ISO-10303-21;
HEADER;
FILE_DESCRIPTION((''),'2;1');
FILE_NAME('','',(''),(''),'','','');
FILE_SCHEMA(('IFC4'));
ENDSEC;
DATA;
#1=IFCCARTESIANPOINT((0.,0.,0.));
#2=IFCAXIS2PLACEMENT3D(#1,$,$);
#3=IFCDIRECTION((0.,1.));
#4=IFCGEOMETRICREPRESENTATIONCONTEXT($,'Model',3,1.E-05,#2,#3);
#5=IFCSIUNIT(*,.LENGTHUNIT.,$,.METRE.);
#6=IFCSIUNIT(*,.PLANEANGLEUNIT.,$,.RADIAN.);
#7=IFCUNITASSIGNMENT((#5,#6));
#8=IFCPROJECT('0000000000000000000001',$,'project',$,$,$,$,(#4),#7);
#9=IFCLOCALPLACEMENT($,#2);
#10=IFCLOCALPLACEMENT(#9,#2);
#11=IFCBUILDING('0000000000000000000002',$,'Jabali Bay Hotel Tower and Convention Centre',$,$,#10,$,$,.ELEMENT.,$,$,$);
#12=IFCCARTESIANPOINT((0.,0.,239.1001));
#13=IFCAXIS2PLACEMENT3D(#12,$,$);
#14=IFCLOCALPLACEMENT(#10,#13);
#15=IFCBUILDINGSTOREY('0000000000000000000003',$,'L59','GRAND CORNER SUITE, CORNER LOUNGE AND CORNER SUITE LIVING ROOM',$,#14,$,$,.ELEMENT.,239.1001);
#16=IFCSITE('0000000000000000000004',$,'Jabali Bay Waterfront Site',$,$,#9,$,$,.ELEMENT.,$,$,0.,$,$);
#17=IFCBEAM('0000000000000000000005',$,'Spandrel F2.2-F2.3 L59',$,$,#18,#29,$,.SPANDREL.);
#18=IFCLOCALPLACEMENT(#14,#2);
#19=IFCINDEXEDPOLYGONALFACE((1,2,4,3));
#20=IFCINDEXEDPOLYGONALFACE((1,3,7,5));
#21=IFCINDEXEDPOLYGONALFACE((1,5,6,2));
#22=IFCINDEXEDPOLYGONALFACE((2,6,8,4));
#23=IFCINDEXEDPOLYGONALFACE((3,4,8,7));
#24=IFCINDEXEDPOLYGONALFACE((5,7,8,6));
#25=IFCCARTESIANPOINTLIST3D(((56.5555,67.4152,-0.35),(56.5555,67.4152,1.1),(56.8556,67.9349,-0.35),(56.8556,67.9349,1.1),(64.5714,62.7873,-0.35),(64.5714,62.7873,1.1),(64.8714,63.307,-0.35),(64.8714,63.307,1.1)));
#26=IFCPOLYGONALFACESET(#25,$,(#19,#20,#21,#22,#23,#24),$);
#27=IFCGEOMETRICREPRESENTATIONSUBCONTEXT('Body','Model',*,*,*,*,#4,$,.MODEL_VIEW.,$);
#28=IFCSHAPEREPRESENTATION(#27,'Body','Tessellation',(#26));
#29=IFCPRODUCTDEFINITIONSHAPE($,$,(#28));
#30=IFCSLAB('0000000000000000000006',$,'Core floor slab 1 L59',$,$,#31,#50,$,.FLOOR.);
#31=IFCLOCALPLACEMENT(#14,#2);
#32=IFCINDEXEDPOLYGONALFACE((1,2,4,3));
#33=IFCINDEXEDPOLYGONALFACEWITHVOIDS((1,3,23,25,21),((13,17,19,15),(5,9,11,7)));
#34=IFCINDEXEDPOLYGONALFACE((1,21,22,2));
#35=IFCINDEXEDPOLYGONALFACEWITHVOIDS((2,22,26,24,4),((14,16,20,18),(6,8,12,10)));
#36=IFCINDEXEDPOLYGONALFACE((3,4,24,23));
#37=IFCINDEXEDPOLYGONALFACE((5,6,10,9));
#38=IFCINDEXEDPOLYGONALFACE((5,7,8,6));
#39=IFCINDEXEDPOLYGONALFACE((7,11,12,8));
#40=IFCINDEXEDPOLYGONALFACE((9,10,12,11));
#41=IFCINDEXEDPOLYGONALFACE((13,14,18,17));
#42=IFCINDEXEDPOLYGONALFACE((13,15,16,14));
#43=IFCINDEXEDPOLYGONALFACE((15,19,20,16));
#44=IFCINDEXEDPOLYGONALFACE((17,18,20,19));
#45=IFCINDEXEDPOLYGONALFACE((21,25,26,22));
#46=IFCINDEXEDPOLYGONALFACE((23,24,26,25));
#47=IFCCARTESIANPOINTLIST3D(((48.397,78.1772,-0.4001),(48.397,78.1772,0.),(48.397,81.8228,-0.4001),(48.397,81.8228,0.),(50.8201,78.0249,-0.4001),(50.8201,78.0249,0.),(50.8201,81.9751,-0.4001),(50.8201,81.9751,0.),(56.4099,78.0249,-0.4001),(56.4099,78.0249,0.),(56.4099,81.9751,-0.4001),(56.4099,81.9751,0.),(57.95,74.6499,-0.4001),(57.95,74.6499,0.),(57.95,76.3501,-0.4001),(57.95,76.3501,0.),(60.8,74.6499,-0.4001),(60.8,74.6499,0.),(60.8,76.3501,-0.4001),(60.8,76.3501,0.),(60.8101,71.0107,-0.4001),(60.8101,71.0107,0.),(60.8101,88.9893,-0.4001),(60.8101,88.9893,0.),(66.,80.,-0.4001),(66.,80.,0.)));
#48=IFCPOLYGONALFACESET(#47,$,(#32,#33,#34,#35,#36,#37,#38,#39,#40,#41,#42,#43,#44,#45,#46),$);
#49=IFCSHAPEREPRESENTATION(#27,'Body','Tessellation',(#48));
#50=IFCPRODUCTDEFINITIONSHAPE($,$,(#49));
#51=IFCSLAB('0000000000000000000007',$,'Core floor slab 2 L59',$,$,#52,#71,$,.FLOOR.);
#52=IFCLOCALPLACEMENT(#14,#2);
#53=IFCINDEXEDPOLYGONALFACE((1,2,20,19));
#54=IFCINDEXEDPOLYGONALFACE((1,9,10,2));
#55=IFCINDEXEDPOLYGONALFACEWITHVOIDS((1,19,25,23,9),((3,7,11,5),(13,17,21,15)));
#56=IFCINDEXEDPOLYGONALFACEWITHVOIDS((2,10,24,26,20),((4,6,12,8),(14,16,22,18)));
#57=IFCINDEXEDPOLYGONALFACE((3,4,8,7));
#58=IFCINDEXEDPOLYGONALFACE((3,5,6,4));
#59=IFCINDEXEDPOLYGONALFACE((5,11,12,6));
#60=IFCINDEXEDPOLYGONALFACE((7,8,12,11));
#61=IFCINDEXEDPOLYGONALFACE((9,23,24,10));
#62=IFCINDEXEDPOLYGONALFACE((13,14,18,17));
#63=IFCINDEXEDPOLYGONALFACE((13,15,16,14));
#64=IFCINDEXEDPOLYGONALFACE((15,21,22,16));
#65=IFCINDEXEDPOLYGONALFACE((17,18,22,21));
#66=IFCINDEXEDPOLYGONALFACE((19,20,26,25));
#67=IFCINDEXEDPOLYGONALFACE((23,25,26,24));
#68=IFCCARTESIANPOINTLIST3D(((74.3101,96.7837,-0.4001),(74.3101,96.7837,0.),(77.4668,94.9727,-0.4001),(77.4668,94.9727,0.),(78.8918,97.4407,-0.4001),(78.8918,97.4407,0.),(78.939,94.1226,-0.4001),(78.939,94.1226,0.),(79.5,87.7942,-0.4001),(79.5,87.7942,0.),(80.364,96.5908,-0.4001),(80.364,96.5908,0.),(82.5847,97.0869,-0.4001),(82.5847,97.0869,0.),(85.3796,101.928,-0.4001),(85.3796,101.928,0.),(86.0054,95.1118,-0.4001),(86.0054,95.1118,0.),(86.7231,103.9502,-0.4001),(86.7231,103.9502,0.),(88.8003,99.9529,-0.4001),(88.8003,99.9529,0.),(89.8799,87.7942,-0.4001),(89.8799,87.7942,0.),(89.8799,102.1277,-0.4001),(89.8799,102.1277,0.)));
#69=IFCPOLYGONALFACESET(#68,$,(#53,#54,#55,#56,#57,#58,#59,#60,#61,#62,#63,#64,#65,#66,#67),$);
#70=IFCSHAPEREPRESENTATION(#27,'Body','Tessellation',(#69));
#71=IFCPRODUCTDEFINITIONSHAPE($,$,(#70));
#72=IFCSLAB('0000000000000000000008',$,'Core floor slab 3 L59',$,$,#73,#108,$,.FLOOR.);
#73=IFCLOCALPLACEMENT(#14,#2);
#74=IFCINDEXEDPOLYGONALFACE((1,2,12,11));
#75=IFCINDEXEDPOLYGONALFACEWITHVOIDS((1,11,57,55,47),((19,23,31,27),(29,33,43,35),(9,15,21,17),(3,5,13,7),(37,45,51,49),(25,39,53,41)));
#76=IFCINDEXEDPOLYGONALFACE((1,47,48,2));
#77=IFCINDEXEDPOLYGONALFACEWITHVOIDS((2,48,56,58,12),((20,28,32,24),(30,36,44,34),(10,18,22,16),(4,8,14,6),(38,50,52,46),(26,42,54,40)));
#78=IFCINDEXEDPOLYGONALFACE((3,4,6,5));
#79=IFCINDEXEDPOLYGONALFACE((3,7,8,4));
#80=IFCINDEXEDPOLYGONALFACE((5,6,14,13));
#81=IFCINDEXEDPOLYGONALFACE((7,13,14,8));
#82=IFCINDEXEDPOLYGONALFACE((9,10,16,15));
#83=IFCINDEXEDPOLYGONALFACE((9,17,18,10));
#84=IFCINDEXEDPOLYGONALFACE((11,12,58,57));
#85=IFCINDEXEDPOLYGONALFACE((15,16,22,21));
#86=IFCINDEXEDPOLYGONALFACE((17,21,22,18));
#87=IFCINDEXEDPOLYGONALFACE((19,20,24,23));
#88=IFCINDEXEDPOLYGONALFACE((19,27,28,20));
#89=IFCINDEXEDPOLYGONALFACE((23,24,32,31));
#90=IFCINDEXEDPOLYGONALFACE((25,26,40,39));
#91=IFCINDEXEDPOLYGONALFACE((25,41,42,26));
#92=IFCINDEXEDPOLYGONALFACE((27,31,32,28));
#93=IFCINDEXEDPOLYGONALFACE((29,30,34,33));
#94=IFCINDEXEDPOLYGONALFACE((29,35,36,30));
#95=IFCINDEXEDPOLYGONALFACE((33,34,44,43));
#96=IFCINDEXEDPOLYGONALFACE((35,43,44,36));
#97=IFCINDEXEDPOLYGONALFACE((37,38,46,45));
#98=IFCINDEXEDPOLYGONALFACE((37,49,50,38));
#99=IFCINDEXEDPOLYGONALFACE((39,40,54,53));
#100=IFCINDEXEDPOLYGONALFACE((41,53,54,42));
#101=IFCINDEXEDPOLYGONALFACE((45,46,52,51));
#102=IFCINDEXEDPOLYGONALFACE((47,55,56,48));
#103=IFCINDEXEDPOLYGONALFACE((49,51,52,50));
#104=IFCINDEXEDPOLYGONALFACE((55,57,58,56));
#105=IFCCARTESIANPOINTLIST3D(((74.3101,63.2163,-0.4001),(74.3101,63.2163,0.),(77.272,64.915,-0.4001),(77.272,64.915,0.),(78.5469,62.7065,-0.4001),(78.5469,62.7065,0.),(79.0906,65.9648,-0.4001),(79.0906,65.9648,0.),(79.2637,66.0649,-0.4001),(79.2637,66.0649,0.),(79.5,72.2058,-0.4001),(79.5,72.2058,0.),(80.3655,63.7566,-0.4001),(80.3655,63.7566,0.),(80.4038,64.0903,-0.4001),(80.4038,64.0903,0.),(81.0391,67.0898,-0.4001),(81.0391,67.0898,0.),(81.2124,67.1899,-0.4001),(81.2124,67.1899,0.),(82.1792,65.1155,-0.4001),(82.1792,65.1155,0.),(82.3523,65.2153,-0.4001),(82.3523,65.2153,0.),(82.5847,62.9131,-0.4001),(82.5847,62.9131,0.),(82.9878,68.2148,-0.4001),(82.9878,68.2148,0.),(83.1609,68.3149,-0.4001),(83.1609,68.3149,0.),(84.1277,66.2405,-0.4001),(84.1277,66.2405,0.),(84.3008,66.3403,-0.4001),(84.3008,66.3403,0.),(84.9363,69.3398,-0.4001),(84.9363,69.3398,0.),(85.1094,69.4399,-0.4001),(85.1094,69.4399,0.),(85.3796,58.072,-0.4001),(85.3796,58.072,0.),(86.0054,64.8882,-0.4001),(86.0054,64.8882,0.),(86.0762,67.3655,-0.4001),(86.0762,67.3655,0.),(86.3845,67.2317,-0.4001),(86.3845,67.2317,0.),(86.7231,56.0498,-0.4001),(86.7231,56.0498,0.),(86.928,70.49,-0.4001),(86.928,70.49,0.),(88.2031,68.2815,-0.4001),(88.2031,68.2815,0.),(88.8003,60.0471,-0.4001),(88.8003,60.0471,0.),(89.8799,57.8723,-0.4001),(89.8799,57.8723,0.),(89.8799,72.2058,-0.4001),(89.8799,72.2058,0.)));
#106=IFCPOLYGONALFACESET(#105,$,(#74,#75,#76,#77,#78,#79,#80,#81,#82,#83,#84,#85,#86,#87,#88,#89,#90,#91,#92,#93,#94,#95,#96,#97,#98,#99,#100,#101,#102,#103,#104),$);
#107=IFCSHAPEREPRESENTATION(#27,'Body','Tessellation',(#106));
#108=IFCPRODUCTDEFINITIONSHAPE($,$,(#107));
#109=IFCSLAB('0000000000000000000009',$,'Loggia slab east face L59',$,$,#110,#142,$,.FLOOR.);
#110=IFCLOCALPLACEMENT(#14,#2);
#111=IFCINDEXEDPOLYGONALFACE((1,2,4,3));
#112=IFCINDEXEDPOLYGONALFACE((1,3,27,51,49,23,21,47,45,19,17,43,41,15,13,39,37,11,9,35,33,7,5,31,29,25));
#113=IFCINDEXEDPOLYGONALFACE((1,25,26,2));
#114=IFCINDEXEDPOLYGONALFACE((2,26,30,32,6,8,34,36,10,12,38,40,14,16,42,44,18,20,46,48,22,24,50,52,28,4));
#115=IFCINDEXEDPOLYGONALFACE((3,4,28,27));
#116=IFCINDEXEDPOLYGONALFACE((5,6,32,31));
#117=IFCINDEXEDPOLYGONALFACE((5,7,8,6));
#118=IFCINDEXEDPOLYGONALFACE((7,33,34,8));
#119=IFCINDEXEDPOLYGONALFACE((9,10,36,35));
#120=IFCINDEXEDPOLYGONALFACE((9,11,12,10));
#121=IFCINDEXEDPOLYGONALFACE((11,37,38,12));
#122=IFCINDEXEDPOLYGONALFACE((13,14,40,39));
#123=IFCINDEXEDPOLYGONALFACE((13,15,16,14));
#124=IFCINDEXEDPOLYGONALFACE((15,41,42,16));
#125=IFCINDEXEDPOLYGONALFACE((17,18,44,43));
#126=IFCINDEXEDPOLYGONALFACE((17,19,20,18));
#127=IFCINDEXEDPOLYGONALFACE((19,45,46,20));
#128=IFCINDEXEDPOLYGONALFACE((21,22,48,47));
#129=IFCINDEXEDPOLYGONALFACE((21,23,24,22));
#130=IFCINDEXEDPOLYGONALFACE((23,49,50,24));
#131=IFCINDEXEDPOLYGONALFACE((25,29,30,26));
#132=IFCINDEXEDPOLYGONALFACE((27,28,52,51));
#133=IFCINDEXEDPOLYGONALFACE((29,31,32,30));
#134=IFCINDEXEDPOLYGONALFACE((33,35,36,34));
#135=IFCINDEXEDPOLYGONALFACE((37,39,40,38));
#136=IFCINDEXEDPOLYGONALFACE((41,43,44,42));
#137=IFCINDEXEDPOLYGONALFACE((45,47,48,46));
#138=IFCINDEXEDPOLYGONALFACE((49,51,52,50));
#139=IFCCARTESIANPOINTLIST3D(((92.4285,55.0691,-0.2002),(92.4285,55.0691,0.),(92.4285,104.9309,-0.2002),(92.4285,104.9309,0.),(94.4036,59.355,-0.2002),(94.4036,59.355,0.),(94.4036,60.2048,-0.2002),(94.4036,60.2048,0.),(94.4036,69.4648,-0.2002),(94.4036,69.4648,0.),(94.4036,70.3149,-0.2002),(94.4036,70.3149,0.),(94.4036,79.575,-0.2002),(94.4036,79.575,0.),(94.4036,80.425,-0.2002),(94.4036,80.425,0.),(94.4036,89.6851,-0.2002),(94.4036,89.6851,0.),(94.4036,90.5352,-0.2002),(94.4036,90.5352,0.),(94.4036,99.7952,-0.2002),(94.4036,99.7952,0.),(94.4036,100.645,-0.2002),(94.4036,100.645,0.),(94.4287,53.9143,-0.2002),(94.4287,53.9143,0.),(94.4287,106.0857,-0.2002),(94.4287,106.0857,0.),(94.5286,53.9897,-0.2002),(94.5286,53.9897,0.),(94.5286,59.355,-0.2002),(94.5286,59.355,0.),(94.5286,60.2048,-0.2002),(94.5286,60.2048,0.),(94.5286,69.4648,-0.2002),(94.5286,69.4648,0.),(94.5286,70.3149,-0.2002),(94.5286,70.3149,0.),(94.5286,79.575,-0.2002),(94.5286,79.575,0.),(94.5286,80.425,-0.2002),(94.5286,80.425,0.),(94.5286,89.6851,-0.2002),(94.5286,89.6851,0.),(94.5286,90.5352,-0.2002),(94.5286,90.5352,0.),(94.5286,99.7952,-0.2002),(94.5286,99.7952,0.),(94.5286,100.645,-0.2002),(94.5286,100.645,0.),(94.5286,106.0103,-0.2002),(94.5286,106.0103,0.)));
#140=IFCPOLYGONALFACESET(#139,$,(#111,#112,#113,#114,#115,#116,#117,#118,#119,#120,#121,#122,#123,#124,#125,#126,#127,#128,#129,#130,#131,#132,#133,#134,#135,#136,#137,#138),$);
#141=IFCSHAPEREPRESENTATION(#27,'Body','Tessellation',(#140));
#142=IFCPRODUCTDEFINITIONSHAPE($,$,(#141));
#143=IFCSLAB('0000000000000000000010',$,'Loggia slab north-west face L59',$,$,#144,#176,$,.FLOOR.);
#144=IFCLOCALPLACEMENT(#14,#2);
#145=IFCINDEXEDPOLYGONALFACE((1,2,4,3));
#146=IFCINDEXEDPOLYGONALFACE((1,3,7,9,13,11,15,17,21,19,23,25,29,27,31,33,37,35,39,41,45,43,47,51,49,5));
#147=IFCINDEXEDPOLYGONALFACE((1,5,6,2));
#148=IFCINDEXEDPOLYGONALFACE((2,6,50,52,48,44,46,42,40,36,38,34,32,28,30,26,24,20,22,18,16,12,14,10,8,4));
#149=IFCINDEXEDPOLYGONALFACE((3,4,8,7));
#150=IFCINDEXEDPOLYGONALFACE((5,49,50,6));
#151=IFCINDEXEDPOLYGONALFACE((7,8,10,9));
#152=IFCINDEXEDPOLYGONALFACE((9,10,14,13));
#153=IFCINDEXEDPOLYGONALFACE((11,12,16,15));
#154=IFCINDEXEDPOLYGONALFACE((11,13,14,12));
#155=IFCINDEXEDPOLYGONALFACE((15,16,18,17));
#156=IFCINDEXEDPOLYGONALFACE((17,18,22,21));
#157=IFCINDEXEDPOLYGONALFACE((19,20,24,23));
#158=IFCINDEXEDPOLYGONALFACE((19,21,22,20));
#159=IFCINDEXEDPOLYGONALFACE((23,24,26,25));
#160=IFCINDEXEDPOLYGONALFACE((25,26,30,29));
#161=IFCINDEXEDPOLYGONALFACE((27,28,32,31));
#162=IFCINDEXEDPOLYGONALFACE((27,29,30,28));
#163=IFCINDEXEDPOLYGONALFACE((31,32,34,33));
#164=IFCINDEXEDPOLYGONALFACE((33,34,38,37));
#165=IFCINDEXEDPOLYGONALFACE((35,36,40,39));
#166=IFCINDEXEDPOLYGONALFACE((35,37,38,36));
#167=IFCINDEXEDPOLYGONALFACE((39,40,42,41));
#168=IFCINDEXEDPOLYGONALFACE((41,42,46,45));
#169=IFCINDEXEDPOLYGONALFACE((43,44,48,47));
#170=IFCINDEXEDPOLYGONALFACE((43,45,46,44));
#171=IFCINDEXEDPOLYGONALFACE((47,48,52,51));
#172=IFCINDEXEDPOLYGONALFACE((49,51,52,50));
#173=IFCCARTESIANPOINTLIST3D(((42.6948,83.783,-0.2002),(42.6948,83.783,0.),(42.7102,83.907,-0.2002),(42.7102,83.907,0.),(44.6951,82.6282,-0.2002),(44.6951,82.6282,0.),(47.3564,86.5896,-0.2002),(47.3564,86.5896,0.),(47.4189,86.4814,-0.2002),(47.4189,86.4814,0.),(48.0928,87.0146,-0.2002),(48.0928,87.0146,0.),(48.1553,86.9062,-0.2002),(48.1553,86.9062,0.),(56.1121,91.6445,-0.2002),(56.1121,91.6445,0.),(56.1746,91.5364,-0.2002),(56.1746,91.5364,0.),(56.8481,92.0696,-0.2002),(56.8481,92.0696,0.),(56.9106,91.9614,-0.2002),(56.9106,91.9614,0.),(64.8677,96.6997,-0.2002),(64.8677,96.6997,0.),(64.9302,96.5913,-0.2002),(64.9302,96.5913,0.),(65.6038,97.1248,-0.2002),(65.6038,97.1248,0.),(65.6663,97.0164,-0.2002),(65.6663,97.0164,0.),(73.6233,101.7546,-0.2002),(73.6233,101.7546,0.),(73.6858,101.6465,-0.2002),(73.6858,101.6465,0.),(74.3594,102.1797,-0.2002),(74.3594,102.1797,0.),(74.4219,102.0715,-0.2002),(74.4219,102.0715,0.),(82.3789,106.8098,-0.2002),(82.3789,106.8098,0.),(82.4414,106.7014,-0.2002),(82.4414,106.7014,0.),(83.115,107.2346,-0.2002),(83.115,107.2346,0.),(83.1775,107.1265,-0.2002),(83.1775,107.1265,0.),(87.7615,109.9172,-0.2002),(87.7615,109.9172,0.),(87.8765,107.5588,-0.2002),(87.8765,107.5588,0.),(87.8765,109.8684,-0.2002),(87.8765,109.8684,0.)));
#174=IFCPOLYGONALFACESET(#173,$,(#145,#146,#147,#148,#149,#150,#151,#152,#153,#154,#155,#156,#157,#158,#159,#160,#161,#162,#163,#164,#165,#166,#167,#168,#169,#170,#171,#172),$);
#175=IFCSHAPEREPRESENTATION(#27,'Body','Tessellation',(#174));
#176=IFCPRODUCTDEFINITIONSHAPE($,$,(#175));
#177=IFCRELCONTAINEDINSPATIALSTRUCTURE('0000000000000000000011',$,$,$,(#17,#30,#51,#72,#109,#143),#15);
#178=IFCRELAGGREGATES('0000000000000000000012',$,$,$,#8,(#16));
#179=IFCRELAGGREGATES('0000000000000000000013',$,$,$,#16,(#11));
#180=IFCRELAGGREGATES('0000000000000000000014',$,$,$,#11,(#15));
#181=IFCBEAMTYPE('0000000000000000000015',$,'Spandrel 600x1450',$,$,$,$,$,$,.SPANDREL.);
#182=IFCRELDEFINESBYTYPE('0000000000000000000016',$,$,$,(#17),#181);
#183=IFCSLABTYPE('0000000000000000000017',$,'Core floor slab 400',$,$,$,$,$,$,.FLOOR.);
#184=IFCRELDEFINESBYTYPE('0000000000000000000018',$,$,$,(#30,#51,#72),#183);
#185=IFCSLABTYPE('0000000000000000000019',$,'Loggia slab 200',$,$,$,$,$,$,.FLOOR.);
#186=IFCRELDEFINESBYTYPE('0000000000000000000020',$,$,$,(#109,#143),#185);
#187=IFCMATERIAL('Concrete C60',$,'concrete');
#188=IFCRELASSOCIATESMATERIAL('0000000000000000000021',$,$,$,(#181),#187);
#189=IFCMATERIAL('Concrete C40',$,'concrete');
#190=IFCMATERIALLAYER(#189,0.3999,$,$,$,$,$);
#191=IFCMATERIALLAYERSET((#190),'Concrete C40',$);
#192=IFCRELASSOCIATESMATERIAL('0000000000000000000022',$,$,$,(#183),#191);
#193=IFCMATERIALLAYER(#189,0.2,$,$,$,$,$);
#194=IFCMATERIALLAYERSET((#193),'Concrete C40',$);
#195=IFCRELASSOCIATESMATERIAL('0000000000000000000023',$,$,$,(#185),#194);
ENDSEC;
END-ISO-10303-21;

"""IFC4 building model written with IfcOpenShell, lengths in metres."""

from ifc_helpers import new_model, si_unit, direction, frame, origin, origin_2d, place, context, subcontext, project, spatial, polyline, rectangle, outline, extrude, material, layer, layer_set, material_profile, profile_set, type_object, element, save


model = new_model("IFC4")

# Units and contexts
model_context = context("Model", 3, precision=1e-05, world=origin(), true_north=direction((0.0, 1.0)))
body_context = subcontext(model_context, "Body", "Model", "MODEL_VIEW")
ifc_project = project(units=[si_unit("LENGTHUNIT", "METRE"), si_unit("PLANEANGLEUNIT", "RADIAN")], contexts=[model_context])

# Site, building, storey
site_placement = place(None, origin())
site = spatial("IfcSite", under=ifc_project, at=site_placement, Name="Jabali Bay Waterfront Site", CompositionType="ELEMENT", RefElevation=0.0)
building_placement = place(site_placement, origin())
building = spatial("IfcBuilding", under=site, at=building_placement, Name="Jabali Bay Hotel Tower and Convention Centre", CompositionType="ELEMENT")
storey_placement = place(building_placement, frame((0.0, 0.0, 239.1001)))
storey = spatial("IfcBuildingStorey", under=building, at=storey_placement, Name="L59", Description="GRAND CORNER SUITE, CORNER LOUNGE AND CORNER SUITE LIVING ROOM", CompositionType="ELEMENT", Elevation=239.1001)

# Beam
ifc_material_1 = material(Name="Concrete C60", Category="concrete")
ifc_material_profile = material_profile(ifc_material_1, rectangle(XDim=0.6001, YDim=1.45, at=origin_2d()), Name="Spandrel 600x1450")
ifc_profile_set = profile_set([ifc_material_profile], Name="Concrete C60")
beam_type = type_object("IfcBeamType", Name="Spandrel 600x1450", PredefinedType="SPANDREL", material=ifc_profile_set)
beam_placement = place(storey_placement, frame((56.7056, 67.675, 0.375), z_axis=(0.866027, -0.499997, 0.0), x_axis=(0.499997, 0.866027, 0.0)))
element("IfcBeam", 1, at=beam_placement, inside=storey, type_object=beam_type, Name="Spandrel F2.2-F2.3 L59", PredefinedType="SPANDREL", context=body_context, shape_type="SweptSolid", body=[
    extrude(rectangle(XDim=0.6001, YDim=1.45, at=origin_2d()), origin(), (0.0, 0.0, 1.0), 9.2559),
])

# Slabs
ifc_material_2 = material(Name="Concrete C40", Category="concrete")
ifc_layer_1 = layer(ifc_material_2, 0.3999)
ifc_layer_set_1 = layer_set([ifc_layer_1], Name="Concrete C40")
slab_type_1 = type_object("IfcSlabType", Name="Core floor slab 400", PredefinedType="FLOOR", material=ifc_layer_set_1)
slab_1_placement = place(storey_placement, frame((0.0, 0.0, -0.4001)))
element("IfcSlab", 2, at=slab_1_placement, inside=storey, type_object=slab_type_1, Name="Core floor slab 1 L59", PredefinedType="FLOOR", context=body_context, shape_type="SweptSolid", body=[
    extrude(outline(polyline([(66.0, 80.0), (60.8101, 88.9893), (48.397, 81.8228), (48.397, 78.1772), (60.8101, 71.0107), (66.0, 80.0)]), holes=[polyline([(60.8, 76.3501), (57.95, 76.3501), (57.95, 74.6499), (60.8, 74.6499), (60.8, 76.3501)]), polyline([(50.8201, 81.9751), (50.8201, 78.0249), (56.4099, 78.0249), (56.4099, 81.9751), (50.8201, 81.9751)])]), origin(), (0.0, 0.0, 1.0), 0.4001),
])
slab_2_placement = place(storey_placement, frame((0.0, 0.0, -0.4001)))
element("IfcSlab", 3, at=slab_2_placement, inside=storey, type_object=slab_type_1, Name="Core floor slab 2 L59", PredefinedType="FLOOR", context=body_context, shape_type="SweptSolid", body=[
    extrude(outline(polyline([(79.5, 87.7942), (89.8799, 87.7942), (89.8799, 102.1277), (86.7231, 103.9502), (74.3101, 96.7837), (79.5, 87.7942)]), holes=[polyline([(78.939, 94.1226), (80.364, 96.5908), (78.8918, 97.4407), (77.4668, 94.9727), (78.939, 94.1226)]), polyline([(88.8003, 99.9529), (85.3796, 101.928), (82.5847, 97.0869), (86.0054, 95.1118), (88.8003, 99.9529)])]), origin(), (0.0, 0.0, 1.0), 0.4001),
])
slab_3_placement = place(storey_placement, frame((0.0, 0.0, -0.4001)))
element("IfcSlab", 4, at=slab_3_placement, inside=storey, type_object=slab_type_1, Name="Core floor slab 3 L59", PredefinedType="FLOOR", context=body_context, shape_type="SweptSolid", body=[
    extrude(outline(polyline([(79.5, 72.2058), (74.3101, 63.2163), (86.7231, 56.0498), (89.8799, 57.8723), (89.8799, 72.2058), (79.5, 72.2058)]), holes=[polyline([(82.5847, 62.9131), (85.3796, 58.072), (88.8003, 60.0471), (86.0054, 64.8882), (82.5847, 62.9131)]), polyline([(80.3655, 63.7566), (79.0906, 65.9648), (77.272, 64.915), (78.5469, 62.7065), (80.3655, 63.7566)]), polyline([(82.1792, 65.1155), (81.0391, 67.0898), (79.2637, 66.0649), (80.4038, 64.0903), (82.1792, 65.1155)]), polyline([(82.9878, 68.2148), (81.2124, 67.1899), (82.3523, 65.2153), (84.1277, 66.2405), (82.9878, 68.2148)]), polyline([(86.0762, 67.3655), (84.9363, 69.3398), (83.1609, 68.3149), (84.3008, 66.3403), (86.0762, 67.3655)]), polyline([(88.2031, 68.2815), (86.928, 70.49), (85.1094, 69.4399), (86.3845, 67.2317), (88.2031, 68.2815)])]), origin(), (0.0, 0.0, 1.0), 0.4001),
])
ifc_layer_2 = layer(ifc_material_2, 0.2)
ifc_layer_set_2 = layer_set([ifc_layer_2], Name="Concrete C40")
slab_type_2 = type_object("IfcSlabType", Name="Loggia slab 200", PredefinedType="FLOOR", material=ifc_layer_set_2)
slab_4_placement = place(storey_placement, frame((0.0, 0.0, -0.2002)))
element("IfcSlab", 5, at=slab_4_placement, inside=storey, type_object=slab_type_2, Name="Loggia slab east face L59", PredefinedType="FLOOR", context=body_context, shape_type="SweptSolid", body=[
    extrude(outline(polyline([(92.4285, 104.9309), (94.4287, 106.0857), (94.5286, 106.0103), (94.5286, 100.645), (94.4036, 100.645), (94.4036, 99.7952), (94.5286, 99.7952), (94.5286, 90.5352), (94.4036, 90.5352), (94.4036, 89.6851), (94.5286, 89.6851), (94.5286, 80.425), (94.4036, 80.425), (94.4036, 79.575), (94.5286, 79.575), (94.5286, 70.3149), (94.4036, 70.3149), (94.4036, 69.4648), (94.5286, 69.4648), (94.5286, 60.2048), (94.4036, 60.2048), (94.4036, 59.355), (94.5286, 59.355), (94.5286, 53.9897), (94.4287, 53.9143), (92.4285, 55.0691), (92.4285, 104.9309)])), origin(), (0.0, 0.0, 1.0), 0.2002),
])
slab_5_placement = place(storey_placement, frame((0.0, 0.0, -0.2002)))
element("IfcSlab", 6, at=slab_5_placement, inside=storey, type_object=slab_type_2, Name="Loggia slab north-west face L59", PredefinedType="FLOOR", context=body_context, shape_type="SweptSolid", body=[
    extrude(outline(polyline([(44.6951, 82.6282), (42.6948, 83.783), (42.7102, 83.907), (47.3564, 86.5896), (47.4189, 86.4814), (48.1553, 86.9062), (48.0928, 87.0146), (56.1121, 91.6445), (56.1746, 91.5364), (56.9106, 91.9614), (56.8481, 92.0696), (64.8677, 96.6997), (64.9302, 96.5913), (65.6663, 97.0164), (65.6038, 97.1248), (73.6233, 101.7546), (73.6858, 101.6465), (74.4219, 102.0715), (74.3594, 102.1797), (82.3789, 106.8098), (82.4414, 106.7014), (83.1775, 107.1265), (83.115, 107.2346), (87.7615, 109.9172), (87.8765, 109.8684), (87.8765, 107.5588), (44.6951, 82.6282)])), origin(), (0.0, 0.0, 1.0), 0.2002),
])

save(model, "model.ifc")
